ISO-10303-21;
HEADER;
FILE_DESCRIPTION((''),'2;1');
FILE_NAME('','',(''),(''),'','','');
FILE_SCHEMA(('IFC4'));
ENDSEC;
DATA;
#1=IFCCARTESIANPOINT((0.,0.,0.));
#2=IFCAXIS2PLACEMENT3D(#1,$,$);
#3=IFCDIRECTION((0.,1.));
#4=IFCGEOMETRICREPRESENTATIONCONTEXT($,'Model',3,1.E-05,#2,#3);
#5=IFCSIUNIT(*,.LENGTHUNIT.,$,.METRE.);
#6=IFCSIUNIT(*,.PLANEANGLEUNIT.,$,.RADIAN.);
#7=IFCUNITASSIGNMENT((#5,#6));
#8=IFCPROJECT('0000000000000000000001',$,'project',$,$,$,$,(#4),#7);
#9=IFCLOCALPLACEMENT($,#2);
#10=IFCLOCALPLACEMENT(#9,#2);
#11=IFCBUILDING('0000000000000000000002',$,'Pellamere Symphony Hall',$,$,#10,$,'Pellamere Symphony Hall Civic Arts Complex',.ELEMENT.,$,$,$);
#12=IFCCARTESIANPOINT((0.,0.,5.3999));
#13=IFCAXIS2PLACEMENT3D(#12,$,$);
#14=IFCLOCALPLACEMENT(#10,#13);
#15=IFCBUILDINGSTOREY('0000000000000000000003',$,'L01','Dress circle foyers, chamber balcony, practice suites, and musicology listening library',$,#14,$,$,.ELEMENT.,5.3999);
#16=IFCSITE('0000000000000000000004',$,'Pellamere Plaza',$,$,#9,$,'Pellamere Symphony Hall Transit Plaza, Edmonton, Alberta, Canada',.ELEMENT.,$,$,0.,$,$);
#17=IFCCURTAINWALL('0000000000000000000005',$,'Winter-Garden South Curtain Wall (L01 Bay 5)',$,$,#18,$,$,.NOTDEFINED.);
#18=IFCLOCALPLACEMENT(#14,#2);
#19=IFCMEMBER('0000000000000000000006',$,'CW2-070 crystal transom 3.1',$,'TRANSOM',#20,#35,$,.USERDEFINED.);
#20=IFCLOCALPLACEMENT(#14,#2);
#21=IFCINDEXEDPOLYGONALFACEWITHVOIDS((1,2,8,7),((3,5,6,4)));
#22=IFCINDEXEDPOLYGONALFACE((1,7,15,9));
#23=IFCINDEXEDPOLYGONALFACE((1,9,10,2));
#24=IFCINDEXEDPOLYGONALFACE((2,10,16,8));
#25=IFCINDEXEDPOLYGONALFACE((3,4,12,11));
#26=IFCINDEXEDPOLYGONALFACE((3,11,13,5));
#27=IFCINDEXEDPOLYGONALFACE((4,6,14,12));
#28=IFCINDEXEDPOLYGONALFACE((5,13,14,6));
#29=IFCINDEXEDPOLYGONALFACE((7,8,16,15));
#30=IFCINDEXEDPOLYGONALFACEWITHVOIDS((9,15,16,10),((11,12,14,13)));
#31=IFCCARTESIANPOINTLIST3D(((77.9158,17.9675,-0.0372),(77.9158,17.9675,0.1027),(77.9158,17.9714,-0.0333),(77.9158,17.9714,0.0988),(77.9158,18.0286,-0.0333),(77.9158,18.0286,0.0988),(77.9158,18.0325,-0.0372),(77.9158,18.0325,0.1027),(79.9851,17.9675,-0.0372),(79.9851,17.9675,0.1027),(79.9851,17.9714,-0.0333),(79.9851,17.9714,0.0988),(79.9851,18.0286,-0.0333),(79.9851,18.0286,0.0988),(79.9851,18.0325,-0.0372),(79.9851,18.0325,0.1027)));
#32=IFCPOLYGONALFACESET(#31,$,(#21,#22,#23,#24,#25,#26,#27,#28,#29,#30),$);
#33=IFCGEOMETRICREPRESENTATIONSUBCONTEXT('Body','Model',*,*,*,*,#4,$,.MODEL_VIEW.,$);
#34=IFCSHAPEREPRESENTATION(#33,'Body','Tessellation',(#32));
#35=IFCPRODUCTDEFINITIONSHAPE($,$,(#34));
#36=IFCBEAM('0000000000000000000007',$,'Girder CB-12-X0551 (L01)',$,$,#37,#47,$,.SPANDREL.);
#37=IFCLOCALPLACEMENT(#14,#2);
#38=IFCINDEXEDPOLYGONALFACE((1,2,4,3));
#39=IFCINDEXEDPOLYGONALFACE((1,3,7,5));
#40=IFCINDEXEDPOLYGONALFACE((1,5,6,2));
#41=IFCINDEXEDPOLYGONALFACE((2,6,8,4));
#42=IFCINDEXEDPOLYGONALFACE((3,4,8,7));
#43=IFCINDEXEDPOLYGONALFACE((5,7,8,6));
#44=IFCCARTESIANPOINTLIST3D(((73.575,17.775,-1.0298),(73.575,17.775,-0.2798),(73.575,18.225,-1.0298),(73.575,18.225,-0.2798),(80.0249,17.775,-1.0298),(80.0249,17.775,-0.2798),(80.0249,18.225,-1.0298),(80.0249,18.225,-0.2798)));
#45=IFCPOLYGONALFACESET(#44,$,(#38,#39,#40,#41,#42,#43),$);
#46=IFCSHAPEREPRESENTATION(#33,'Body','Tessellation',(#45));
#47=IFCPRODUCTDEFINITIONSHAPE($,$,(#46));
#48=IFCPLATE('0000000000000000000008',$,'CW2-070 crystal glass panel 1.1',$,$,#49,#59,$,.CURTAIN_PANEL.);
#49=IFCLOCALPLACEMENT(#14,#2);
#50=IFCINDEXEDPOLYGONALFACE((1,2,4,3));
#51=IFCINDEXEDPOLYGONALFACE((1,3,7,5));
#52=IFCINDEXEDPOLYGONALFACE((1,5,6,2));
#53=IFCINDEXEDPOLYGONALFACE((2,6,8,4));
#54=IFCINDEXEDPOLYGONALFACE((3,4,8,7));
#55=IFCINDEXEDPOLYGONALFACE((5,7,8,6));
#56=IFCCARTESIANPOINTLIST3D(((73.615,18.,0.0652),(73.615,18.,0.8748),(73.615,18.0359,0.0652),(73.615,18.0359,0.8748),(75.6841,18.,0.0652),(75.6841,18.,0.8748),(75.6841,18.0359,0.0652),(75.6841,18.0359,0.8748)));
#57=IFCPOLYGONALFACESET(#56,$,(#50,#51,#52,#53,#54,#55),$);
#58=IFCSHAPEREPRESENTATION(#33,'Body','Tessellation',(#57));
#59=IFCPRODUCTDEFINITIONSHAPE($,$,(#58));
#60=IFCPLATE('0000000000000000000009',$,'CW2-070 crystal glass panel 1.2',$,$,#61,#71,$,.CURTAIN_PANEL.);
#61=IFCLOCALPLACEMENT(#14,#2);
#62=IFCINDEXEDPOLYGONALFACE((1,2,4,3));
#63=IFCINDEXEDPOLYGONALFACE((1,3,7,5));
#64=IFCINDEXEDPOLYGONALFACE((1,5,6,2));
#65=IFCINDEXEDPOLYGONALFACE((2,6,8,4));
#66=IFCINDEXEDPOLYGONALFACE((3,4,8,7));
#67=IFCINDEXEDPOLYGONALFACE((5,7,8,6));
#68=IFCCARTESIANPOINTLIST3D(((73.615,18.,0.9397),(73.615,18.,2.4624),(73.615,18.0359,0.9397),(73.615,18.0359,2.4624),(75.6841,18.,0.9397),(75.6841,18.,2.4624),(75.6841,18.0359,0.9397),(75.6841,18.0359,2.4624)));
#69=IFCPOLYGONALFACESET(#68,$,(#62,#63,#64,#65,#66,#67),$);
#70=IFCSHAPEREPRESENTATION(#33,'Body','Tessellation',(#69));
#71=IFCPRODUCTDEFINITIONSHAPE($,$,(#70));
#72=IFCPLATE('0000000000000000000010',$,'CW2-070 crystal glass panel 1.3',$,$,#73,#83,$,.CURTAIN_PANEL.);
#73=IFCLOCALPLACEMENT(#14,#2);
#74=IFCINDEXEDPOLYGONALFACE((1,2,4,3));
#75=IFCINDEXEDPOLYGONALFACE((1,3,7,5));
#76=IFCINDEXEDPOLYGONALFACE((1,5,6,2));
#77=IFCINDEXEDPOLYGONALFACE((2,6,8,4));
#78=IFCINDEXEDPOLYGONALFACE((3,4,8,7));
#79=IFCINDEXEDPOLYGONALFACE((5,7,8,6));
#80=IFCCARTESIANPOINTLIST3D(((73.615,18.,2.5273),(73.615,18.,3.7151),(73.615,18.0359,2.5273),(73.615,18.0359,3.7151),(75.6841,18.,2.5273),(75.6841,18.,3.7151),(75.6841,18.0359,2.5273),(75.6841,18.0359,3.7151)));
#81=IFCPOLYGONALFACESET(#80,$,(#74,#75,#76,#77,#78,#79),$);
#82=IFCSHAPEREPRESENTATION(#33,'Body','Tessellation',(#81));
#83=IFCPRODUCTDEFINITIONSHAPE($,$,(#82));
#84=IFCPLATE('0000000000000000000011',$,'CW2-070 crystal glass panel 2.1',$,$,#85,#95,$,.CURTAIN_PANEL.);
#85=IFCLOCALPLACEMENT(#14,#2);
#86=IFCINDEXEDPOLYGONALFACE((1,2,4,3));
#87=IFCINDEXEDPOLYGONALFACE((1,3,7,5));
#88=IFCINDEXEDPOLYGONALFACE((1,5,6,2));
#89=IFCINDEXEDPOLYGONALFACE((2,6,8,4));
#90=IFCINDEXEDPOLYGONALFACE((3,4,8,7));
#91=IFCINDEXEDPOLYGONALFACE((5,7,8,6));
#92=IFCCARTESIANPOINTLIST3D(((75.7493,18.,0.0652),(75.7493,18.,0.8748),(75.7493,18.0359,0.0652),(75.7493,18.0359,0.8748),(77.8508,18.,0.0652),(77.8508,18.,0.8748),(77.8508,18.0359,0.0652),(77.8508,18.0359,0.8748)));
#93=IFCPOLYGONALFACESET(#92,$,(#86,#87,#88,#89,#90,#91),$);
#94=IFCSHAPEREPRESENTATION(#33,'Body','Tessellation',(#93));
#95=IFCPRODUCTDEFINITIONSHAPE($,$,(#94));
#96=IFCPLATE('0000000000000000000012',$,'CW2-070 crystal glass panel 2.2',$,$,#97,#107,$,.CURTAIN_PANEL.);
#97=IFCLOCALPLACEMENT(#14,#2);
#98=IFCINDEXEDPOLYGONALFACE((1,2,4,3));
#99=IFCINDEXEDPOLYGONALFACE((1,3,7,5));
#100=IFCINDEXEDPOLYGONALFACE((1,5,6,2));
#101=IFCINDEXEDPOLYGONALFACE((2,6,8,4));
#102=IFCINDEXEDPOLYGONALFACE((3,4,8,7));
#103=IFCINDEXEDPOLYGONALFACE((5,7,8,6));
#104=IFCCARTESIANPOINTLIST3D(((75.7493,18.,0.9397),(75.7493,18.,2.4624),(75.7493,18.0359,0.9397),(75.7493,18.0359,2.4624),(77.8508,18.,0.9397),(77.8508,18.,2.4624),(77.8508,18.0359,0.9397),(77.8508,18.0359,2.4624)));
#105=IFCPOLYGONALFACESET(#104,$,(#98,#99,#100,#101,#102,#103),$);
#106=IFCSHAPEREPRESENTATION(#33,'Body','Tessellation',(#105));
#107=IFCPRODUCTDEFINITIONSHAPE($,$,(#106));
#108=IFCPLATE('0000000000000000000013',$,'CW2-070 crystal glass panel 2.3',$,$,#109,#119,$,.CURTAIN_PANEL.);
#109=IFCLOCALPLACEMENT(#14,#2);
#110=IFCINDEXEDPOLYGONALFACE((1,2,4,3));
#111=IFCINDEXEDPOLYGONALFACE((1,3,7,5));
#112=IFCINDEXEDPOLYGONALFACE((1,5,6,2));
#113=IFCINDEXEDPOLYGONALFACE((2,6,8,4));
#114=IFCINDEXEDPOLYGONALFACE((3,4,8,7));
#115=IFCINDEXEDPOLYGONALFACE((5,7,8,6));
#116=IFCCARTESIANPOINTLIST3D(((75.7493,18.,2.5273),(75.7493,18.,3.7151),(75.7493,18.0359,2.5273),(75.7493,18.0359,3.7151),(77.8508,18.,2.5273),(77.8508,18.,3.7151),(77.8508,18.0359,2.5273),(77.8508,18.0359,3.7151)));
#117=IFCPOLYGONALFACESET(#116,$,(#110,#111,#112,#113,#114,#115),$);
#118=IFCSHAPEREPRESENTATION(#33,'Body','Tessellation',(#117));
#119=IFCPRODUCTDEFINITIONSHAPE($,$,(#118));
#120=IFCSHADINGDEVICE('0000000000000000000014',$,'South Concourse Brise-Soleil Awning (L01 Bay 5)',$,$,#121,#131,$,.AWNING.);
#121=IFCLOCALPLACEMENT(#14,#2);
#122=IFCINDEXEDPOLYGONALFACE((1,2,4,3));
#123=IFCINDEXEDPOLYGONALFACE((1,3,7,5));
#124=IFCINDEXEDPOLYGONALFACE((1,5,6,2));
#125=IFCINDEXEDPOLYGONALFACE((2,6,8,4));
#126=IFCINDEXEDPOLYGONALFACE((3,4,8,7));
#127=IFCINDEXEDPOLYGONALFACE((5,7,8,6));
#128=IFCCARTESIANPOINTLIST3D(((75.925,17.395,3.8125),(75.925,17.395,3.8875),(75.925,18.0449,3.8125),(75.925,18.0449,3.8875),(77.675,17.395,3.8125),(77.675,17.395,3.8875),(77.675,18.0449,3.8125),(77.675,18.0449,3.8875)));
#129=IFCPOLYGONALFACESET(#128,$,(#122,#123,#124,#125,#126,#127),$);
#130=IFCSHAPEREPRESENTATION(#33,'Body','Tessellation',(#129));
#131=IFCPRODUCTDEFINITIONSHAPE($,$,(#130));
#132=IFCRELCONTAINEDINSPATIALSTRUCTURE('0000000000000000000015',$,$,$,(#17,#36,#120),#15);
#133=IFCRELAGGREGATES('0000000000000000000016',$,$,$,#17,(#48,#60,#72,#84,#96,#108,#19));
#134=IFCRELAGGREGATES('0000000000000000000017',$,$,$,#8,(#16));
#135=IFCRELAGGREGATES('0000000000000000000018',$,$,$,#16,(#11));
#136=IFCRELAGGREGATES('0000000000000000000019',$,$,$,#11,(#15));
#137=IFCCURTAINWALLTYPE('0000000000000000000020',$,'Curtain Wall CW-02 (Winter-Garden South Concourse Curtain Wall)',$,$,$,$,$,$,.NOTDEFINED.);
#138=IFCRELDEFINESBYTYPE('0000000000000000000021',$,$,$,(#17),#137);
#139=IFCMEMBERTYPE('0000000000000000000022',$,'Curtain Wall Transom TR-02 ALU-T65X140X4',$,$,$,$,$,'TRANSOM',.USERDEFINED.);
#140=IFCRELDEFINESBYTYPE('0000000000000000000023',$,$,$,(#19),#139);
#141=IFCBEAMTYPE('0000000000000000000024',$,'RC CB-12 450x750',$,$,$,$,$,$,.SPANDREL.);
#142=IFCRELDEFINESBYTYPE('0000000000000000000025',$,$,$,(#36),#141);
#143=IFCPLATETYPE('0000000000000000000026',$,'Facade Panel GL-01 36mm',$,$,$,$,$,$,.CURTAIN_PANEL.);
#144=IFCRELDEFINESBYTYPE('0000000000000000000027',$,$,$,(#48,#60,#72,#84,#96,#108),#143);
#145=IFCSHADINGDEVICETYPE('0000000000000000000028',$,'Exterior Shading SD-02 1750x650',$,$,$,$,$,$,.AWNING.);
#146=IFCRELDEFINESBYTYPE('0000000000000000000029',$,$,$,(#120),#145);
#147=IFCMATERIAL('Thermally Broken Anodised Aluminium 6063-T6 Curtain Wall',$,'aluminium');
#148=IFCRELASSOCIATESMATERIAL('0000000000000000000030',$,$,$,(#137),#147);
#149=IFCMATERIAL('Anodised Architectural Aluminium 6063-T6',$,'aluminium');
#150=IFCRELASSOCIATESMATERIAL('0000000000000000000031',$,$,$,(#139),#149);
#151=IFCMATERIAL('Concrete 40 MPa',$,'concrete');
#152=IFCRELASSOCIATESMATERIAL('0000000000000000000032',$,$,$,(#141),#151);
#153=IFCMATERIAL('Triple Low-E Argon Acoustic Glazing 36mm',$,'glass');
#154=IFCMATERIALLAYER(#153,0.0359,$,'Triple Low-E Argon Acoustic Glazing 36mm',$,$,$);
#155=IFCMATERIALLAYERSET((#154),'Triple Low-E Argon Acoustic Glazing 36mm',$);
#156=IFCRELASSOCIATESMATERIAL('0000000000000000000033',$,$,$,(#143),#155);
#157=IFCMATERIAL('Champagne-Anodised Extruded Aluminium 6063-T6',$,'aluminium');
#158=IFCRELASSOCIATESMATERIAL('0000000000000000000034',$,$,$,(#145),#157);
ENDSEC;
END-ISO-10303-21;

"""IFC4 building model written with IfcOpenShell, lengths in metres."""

from ifc_helpers import new_model, si_unit, direction, frame, origin, origin_2d, place, context, subcontext, project, spatial, polyline, rectangle, hollow_rectangle, outline, extrude, material, layer, layer_set, material_profile, profile_set, type_object, element, aggregate, save


model = new_model("IFC4")

# Units and contexts
model_context = context("Model", 3, precision=1e-05, world=origin(), true_north=direction((0.0, 1.0)))
body_context = subcontext(model_context, "Body", "Model", "MODEL_VIEW")
ifc_project = project(units=[si_unit("LENGTHUNIT", "METRE"), si_unit("PLANEANGLEUNIT", "RADIAN")], contexts=[model_context])

# Site, building, storey
site_placement = place(None, origin())
site = spatial("IfcSite", under=ifc_project, at=site_placement, Name="Pellamere Plaza", LongName="Pellamere Symphony Hall Transit Plaza, Edmonton, Alberta, Canada", CompositionType="ELEMENT", RefElevation=0.0)
building_placement = place(site_placement, origin())
building = spatial("IfcBuilding", under=site, at=building_placement, Name="Pellamere Symphony Hall", LongName="Pellamere Symphony Hall Civic Arts Complex", CompositionType="ELEMENT")
storey_placement = place(building_placement, frame((0.0, 0.0, 5.3999)))
storey = spatial("IfcBuildingStorey", under=building, at=storey_placement, Name="L01", Description="Dress circle foyers, chamber balcony, practice suites, and musicology listening library", CompositionType="ELEMENT", Elevation=5.3999)

# Curtain wall, member
ifc_material_1 = material(Name="Thermally Broken Anodised Aluminium 6063-T6 Curtain Wall", Category="aluminium")
curtain_wall_type = type_object("IfcCurtainWallType", Name="Curtain Wall CW-02 (Winter-Garden South Concourse Curtain Wall)", PredefinedType="NOTDEFINED", material=ifc_material_1)
curtain_wall_placement = place(storey_placement, origin())
curtain_wall = element("IfcCurtainWall", 1, at=curtain_wall_placement, inside=storey, type_object=curtain_wall_type, Name="Winter-Garden South Curtain Wall (L01 Bay 5)", PredefinedType="NOTDEFINED")
ifc_material_2 = material(Name="Anodised Architectural Aluminium 6063-T6", Category="aluminium")
ifc_material_profile_1 = material_profile(ifc_material_2, hollow_rectangle(XDim=0.0649, YDim=0.1399, WallThickness=0.0039, at=origin_2d()), Name="ALU-T65X140X4")
ifc_profile_set_1 = profile_set([ifc_material_profile_1], Name="Anodised Architectural Aluminium 6063-T6")
member_type_1 = type_object("IfcMemberType", Name="Curtain Wall Transom TR-02 ALU-T65X140X4", ElementType="TRANSOM", PredefinedType="USERDEFINED", material=ifc_profile_set_1)
member_1_placement = place(storey_placement, frame((77.9158, 18.0, 0.0327), z_axis=(1.0, 0.0, 0.0), x_axis=(0.0, 1.0, 0.0)))
member_1 = element("IfcMember", 2, at=member_1_placement, type_object=member_type_1, Name="CW2-070 crystal transom 3.1", ObjectType="TRANSOM", PredefinedType="USERDEFINED", context=body_context, shape_type="SweptSolid", body=[
    extrude(hollow_rectangle(XDim=0.0649, YDim=0.1399, WallThickness=0.0039, at=origin_2d()), origin(), (0.0, 0.0, 1.0), 2.0693),
])

# Beam
ifc_material_3 = material(Name="Concrete 40 MPa", Category="concrete")
ifc_material_profile_2 = material_profile(ifc_material_3, rectangle(XDim=0.45, YDim=0.75, at=origin_2d()), Name="RC 450x750")
ifc_profile_set_2 = profile_set([ifc_material_profile_2], Name="Concrete 40 MPa")
beam_type = type_object("IfcBeamType", Name="RC CB-12 450x750", PredefinedType="SPANDREL", material=ifc_profile_set_2)
beam_placement = place(storey_placement, frame((73.575, 18.0, -0.6548), z_axis=(1.0, 0.0, 0.0), x_axis=(0.0, 1.0, 0.0)))
element("IfcBeam", 3, at=beam_placement, inside=storey, type_object=beam_type, Name="Girder CB-12-X0551 (L01)", PredefinedType="SPANDREL", context=body_context, shape_type="SweptSolid", body=[
    extrude(rectangle(XDim=0.45, YDim=0.75, at=origin_2d()), origin(), (0.0, 0.0, 1.0), 6.45),
])

# Plates
ifc_material_4 = material(Name="Triple Low-E Argon Acoustic Glazing 36mm", Category="glass")
ifc_layer = layer(ifc_material_4, 0.0359, Name="Triple Low-E Argon Acoustic Glazing 36mm")
ifc_layer_set = layer_set([ifc_layer], Name="Triple Low-E Argon Acoustic Glazing 36mm")
plate_type = type_object("IfcPlateType", Name="Facade Panel GL-01 36mm", PredefinedType="CURTAIN_PANEL", material=ifc_layer_set)
plate_1_placement = place(storey_placement, frame((73.615, 18.0, 0.0652), z_axis=(0.0, -1.0, 0.0), x_axis=(1.0, 0.0, 0.0)))
plate_1 = element("IfcPlate", 4, at=plate_1_placement, type_object=plate_type, Name="CW2-070 crystal glass panel 1.1", PredefinedType="CURTAIN_PANEL", context=body_context, shape_type="SweptSolid", body=[
    extrude(outline(polyline([(0.0, 0.0), (2.0691, 0.0), (2.0691, 0.8096), (0.0, 0.8096), (0.0, 0.0)])), origin(), (0.0, 0.0, -1.0), 0.0359),
])
plate_2_placement = place(storey_placement, frame((73.615, 18.0, 0.9397), z_axis=(0.0, -1.0, 0.0), x_axis=(1.0, 0.0, 0.0)))
plate_2 = element("IfcPlate", 5, at=plate_2_placement, type_object=plate_type, Name="CW2-070 crystal glass panel 1.2", PredefinedType="CURTAIN_PANEL", context=body_context, shape_type="SweptSolid", body=[
    extrude(outline(polyline([(0.0, 0.0), (2.0691, 0.0), (2.0691, 1.5227), (0.0, 1.5227), (0.0, 0.0)])), origin(), (0.0, 0.0, -1.0), 0.0359),
])
plate_3_placement = place(storey_placement, frame((73.615, 18.0, 2.5273), z_axis=(0.0, -1.0, 0.0), x_axis=(1.0, 0.0, 0.0)))
plate_3 = element("IfcPlate", 6, at=plate_3_placement, type_object=plate_type, Name="CW2-070 crystal glass panel 1.3", PredefinedType="CURTAIN_PANEL", context=body_context, shape_type="SweptSolid", body=[
    extrude(outline(polyline([(0.0, 0.0), (2.0691, 0.0), (2.0691, 1.1877), (0.0, 1.1877), (0.0, 0.0)])), origin(), (0.0, 0.0, -1.0), 0.0359),
])
plate_4_placement = place(storey_placement, frame((75.7493, 18.0, 0.0652), z_axis=(0.0, -1.0, 0.0), x_axis=(1.0, 0.0, 0.0)))
plate_4 = element("IfcPlate", 7, at=plate_4_placement, type_object=plate_type, Name="CW2-070 crystal glass panel 2.1", PredefinedType="CURTAIN_PANEL", context=body_context, shape_type="SweptSolid", body=[
    extrude(outline(polyline([(0.0, 0.0), (2.1016, 0.0), (2.1016, 0.8096), (0.0, 0.8096), (0.0, 0.0)])), origin(), (0.0, 0.0, -1.0), 0.0359),
])
plate_5_placement = place(storey_placement, frame((75.7493, 18.0, 0.9397), z_axis=(0.0, -1.0, 0.0), x_axis=(1.0, 0.0, 0.0)))
plate_5 = element("IfcPlate", 8, at=plate_5_placement, type_object=plate_type, Name="CW2-070 crystal glass panel 2.2", PredefinedType="CURTAIN_PANEL", context=body_context, shape_type="SweptSolid", body=[
    extrude(outline(polyline([(0.0, 0.0), (2.1016, 0.0), (2.1016, 1.5227), (0.0, 1.5227), (0.0, 0.0)])), origin(), (0.0, 0.0, -1.0), 0.0359),
])
plate_6_placement = place(storey_placement, frame((75.7493, 18.0, 2.5273), z_axis=(0.0, -1.0, 0.0), x_axis=(1.0, 0.0, 0.0)))
plate_6 = element("IfcPlate", 9, at=plate_6_placement, type_object=plate_type, Name="CW2-070 crystal glass panel 2.3", PredefinedType="CURTAIN_PANEL", context=body_context, shape_type="SweptSolid", body=[
    extrude(outline(polyline([(0.0, 0.0), (2.1016, 0.0), (2.1016, 1.1877), (0.0, 1.1877), (0.0, 0.0)])), origin(), (0.0, 0.0, -1.0), 0.0359),
])
aggregate(curtain_wall, [plate_1, plate_2, plate_3, plate_4, plate_5, plate_6, member_1])

# Shading device
ifc_material_5 = material(Name="Champagne-Anodised Extruded Aluminium 6063-T6", Category="aluminium")
shading_device_type = type_object("IfcShadingDeviceType", Name="Exterior Shading SD-02 1750x650", PredefinedType="AWNING", material=ifc_material_5)
shading_device_placement = place(storey_placement, frame((76.8, 17.72, 3.8125), z_axis=(0.0, 0.0, 1.0), x_axis=(1.0, 0.0, 0.0)))
element("IfcShadingDevice", 10, at=shading_device_placement, inside=storey, type_object=shading_device_type, Name="South Concourse Brise-Soleil Awning (L01 Bay 5)", PredefinedType="AWNING", context=body_context, shape_type="SweptSolid", body=[
    extrude(rectangle(XDim=1.75, YDim=0.6499, at=origin_2d()), origin(), (0.0, 0.0, 1.0), 0.075),
])

save(model, "model.ifc")
